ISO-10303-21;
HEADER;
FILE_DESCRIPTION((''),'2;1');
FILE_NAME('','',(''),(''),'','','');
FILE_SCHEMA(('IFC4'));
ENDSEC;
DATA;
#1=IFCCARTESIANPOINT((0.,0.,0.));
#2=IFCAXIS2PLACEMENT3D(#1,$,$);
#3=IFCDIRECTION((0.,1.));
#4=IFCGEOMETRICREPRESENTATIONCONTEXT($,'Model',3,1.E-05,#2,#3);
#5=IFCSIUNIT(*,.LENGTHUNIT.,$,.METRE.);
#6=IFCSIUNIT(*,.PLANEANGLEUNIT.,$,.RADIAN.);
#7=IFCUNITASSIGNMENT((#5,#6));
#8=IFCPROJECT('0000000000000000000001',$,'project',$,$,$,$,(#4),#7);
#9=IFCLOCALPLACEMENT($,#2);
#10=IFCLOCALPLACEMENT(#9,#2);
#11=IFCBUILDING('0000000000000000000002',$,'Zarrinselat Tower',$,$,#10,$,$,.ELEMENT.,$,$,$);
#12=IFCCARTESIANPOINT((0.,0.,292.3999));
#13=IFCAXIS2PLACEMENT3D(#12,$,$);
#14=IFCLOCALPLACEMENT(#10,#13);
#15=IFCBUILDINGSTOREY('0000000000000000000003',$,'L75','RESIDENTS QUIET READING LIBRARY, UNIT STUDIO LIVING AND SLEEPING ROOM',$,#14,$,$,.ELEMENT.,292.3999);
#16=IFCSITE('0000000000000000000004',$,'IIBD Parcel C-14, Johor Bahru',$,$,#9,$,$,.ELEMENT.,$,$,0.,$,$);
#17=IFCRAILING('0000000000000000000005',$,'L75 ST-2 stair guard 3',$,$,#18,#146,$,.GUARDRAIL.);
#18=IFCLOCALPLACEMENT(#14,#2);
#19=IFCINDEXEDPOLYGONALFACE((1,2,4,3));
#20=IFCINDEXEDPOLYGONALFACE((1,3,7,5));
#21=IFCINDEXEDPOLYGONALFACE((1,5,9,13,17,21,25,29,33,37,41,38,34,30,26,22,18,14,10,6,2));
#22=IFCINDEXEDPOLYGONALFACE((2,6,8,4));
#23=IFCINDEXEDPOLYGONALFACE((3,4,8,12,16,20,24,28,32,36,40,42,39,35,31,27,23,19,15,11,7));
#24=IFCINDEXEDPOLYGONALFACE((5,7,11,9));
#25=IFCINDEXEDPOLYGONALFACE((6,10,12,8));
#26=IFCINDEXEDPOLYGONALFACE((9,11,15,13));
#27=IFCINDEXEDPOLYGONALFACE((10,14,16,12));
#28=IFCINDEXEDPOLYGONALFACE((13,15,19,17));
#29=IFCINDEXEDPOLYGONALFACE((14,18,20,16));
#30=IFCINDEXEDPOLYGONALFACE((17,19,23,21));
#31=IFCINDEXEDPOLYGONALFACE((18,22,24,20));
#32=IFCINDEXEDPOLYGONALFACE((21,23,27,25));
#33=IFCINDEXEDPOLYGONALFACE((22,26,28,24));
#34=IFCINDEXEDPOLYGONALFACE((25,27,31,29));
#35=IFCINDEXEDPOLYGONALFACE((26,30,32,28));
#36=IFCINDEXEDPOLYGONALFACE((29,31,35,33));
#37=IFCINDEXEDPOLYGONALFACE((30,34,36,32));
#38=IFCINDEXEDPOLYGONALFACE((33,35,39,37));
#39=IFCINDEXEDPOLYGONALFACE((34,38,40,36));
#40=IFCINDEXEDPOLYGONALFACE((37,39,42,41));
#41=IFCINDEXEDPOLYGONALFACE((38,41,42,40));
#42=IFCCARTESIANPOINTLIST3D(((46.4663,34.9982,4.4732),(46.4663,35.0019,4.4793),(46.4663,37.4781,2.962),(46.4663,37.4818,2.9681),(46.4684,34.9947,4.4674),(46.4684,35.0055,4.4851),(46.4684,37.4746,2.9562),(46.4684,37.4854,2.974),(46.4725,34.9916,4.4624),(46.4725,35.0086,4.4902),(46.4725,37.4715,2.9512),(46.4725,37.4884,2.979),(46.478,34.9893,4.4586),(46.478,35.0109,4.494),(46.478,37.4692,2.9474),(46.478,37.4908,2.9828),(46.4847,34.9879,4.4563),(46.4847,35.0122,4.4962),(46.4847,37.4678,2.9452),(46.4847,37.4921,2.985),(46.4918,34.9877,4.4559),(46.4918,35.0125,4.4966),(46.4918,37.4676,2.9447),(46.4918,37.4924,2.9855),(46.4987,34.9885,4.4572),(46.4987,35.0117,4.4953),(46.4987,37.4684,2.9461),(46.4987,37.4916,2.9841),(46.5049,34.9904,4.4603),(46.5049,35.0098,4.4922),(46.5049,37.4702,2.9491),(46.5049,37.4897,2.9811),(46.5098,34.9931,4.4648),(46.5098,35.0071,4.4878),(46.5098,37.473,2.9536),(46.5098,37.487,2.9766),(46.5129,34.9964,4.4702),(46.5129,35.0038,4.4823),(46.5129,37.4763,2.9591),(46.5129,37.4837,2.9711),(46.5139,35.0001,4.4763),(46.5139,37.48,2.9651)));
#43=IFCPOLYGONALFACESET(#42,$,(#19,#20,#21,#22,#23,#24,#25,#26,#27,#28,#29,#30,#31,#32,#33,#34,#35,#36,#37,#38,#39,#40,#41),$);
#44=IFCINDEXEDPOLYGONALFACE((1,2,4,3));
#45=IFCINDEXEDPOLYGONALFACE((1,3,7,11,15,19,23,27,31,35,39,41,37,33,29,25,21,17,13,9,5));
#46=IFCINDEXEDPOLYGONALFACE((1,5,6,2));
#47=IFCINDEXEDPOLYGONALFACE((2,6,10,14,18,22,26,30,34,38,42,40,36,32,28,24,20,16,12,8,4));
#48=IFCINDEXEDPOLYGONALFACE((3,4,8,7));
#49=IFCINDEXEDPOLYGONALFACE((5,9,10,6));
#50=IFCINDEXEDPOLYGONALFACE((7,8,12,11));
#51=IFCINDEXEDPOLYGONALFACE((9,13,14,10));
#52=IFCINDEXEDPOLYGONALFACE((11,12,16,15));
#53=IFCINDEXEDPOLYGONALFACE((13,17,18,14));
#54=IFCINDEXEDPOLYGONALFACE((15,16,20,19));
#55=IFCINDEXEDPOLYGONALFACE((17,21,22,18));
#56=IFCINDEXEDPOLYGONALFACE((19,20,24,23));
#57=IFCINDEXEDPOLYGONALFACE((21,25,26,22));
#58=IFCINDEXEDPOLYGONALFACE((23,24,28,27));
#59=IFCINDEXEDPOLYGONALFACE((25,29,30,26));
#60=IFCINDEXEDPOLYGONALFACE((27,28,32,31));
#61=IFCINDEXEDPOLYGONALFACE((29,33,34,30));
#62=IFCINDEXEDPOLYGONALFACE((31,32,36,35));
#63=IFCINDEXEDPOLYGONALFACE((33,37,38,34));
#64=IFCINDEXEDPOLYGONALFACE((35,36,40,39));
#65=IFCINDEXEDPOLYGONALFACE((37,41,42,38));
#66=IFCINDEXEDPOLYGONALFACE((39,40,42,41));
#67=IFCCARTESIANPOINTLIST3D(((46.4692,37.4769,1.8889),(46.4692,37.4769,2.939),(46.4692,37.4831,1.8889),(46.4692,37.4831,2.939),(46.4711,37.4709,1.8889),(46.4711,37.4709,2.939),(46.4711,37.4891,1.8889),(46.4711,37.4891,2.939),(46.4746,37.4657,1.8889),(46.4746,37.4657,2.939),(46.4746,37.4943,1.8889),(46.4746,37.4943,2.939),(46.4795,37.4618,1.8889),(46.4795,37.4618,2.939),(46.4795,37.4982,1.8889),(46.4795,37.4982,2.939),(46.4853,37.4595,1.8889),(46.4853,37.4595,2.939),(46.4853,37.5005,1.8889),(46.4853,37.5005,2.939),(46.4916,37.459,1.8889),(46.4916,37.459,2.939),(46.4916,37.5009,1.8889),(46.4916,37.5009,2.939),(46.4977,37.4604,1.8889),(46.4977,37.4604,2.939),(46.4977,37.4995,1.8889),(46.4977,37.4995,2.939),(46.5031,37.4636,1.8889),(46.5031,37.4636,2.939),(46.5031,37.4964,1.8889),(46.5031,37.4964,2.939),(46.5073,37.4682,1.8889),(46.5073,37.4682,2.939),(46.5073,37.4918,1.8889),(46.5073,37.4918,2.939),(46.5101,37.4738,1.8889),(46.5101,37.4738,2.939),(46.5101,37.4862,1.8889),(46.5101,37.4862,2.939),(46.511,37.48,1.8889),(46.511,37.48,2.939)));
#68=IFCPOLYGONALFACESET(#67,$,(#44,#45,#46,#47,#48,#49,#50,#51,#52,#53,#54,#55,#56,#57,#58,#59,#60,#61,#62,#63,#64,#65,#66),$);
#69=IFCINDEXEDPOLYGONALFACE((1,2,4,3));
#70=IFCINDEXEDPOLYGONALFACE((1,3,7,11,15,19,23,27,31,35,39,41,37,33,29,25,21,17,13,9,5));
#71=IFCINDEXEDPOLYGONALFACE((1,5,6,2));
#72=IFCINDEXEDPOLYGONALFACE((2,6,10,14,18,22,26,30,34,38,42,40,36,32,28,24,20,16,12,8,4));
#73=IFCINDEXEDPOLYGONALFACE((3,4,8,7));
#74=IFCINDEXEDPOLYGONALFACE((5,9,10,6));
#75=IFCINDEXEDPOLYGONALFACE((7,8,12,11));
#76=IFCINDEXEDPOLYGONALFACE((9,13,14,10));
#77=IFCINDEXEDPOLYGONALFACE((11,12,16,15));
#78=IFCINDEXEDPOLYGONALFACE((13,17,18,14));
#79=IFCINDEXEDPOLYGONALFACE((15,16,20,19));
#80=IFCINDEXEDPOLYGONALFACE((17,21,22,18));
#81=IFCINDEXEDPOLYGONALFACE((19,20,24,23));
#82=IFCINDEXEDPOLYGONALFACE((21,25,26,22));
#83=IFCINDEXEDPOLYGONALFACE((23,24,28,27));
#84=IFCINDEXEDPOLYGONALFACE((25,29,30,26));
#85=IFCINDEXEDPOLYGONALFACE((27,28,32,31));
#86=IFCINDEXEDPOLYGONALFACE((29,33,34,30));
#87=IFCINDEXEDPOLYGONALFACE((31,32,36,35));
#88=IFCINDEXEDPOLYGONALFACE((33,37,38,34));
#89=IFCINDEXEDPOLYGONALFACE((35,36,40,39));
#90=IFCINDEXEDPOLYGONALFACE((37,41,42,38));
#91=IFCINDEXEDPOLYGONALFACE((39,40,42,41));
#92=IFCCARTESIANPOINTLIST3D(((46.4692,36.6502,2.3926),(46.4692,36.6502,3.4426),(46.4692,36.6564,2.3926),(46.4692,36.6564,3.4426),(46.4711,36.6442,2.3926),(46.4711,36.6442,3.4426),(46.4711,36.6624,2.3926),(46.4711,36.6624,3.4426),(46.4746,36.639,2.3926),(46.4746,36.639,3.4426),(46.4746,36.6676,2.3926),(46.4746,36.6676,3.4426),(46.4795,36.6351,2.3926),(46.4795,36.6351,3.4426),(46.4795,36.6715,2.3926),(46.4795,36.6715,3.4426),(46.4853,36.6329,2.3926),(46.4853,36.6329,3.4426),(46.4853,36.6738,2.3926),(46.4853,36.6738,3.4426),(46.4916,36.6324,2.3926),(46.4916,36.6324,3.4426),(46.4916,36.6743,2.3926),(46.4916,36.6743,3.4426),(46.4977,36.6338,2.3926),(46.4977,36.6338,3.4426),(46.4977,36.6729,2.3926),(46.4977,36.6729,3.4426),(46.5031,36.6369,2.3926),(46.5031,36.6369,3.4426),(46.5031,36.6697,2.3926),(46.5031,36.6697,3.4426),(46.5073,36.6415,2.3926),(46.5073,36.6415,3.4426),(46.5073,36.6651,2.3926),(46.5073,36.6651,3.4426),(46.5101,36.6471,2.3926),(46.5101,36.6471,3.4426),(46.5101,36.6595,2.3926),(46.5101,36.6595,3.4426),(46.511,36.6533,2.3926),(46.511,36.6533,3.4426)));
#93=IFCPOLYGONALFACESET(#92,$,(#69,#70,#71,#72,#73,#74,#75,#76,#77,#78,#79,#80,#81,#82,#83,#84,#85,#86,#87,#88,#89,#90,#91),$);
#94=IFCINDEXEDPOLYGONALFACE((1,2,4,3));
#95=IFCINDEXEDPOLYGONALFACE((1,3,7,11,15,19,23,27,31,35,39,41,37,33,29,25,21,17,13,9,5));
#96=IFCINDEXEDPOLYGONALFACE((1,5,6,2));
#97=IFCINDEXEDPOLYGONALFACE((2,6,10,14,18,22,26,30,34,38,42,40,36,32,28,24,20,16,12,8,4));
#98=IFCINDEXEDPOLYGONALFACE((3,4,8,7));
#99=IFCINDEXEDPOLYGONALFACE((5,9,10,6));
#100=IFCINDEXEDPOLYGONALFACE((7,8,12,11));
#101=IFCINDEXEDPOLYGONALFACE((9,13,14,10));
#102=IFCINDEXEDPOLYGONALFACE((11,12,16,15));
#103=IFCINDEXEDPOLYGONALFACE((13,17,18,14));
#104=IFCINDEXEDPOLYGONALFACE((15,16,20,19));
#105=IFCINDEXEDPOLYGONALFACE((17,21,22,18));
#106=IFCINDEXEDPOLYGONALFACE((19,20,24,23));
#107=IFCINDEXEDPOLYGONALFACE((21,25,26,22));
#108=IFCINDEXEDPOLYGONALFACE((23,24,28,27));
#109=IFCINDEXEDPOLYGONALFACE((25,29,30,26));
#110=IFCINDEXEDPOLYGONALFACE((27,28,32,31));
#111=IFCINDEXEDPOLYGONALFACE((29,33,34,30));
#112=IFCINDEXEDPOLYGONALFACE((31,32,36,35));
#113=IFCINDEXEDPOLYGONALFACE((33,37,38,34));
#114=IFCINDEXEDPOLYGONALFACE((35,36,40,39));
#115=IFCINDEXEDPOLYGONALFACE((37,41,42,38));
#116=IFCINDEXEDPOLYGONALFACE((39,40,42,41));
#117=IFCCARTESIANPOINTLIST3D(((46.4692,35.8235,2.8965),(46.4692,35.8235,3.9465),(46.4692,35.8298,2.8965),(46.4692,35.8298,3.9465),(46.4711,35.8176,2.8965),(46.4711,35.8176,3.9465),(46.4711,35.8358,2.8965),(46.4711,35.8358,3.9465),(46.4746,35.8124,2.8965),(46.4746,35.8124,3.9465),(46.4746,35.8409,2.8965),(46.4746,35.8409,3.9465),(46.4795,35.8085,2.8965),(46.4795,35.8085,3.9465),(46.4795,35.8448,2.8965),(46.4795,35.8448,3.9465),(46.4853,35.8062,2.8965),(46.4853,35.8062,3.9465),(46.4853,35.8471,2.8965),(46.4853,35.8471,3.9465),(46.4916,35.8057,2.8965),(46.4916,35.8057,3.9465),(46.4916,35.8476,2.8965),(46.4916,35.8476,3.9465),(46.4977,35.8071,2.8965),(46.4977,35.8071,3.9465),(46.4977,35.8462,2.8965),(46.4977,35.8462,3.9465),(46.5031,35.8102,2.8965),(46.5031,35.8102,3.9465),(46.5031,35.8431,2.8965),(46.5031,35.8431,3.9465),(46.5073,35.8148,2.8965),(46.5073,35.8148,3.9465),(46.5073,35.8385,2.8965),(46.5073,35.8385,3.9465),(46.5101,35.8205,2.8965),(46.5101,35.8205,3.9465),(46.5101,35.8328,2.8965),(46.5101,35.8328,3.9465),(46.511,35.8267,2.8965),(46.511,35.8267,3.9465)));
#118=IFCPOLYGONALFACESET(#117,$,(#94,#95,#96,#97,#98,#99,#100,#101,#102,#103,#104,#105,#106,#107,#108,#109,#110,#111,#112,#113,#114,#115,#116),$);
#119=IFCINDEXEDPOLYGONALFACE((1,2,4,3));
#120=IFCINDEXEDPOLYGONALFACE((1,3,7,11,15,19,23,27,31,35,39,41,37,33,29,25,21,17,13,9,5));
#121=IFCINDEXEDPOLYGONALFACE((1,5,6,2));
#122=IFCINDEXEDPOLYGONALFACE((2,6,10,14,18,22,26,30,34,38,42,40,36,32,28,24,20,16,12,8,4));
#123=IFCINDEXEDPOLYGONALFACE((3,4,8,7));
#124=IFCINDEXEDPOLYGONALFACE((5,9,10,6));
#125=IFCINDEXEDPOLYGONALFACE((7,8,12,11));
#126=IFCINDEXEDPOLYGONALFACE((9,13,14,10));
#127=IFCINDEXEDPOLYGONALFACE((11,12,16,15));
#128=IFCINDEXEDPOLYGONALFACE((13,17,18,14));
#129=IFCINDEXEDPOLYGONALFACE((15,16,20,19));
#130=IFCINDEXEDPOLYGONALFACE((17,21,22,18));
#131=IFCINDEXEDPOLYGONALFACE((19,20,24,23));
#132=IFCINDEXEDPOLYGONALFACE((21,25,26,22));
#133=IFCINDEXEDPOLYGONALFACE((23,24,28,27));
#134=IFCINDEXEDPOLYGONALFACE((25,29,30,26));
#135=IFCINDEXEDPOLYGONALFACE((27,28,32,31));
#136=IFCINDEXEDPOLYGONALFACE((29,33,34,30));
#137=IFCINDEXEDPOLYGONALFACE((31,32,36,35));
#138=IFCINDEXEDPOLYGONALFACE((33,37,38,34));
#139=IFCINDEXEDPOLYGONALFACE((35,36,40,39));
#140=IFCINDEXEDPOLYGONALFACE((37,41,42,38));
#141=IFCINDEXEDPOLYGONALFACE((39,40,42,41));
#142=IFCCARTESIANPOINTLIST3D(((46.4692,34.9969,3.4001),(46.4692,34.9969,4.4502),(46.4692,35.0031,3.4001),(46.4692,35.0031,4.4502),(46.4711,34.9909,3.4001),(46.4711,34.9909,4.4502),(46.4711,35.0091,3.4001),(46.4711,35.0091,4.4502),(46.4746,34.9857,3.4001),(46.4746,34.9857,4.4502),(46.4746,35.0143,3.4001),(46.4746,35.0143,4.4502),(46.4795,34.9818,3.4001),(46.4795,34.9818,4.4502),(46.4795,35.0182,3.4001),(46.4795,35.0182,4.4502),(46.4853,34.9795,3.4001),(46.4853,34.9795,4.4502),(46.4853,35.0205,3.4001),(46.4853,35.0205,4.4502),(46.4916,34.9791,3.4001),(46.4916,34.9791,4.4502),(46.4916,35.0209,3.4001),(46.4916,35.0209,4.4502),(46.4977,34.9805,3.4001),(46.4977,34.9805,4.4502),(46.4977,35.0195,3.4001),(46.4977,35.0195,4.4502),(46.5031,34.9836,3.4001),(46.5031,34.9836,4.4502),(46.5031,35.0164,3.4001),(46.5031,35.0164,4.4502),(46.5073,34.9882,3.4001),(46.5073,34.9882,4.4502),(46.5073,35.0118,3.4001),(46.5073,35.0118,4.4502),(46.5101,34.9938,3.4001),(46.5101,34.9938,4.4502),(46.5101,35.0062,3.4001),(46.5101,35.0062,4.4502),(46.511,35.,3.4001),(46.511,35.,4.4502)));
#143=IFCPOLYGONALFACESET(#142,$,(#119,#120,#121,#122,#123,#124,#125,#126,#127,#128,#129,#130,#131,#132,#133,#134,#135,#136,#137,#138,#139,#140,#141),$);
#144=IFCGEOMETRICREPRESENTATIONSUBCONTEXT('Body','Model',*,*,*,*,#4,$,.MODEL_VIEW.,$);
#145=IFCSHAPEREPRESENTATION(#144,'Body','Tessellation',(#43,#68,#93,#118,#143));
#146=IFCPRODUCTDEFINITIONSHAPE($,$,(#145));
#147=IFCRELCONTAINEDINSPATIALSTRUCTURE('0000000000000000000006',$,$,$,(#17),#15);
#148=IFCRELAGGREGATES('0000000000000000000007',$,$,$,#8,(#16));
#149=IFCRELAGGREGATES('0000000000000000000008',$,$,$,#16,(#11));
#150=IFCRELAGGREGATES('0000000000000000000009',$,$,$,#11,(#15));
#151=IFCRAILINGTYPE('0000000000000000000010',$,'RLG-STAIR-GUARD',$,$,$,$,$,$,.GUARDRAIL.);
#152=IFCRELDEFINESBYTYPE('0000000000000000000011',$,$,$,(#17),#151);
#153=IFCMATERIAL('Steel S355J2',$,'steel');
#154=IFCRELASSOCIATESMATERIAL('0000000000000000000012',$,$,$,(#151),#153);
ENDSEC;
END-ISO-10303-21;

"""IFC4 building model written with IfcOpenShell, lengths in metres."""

from ifc_helpers import new_model, si_unit, direction, frame, origin, origin_2d, place, context, subcontext, project, spatial, circle, extrude, material, type_object, element, save


model = new_model("IFC4")

# Units and contexts
model_context = context("Model", 3, precision=1e-05, world=origin(), true_north=direction((0.0, 1.0)))
body_context = subcontext(model_context, "Body", "Model", "MODEL_VIEW")
ifc_project = project(units=[si_unit("LENGTHUNIT", "METRE"), si_unit("PLANEANGLEUNIT", "RADIAN")], contexts=[model_context])

# Site, building, storey
site_placement = place(None, origin())
site = spatial("IfcSite", under=ifc_project, at=site_placement, Name="IIBD Parcel C-14, Johor Bahru", CompositionType="ELEMENT", RefElevation=0.0)
building_placement = place(site_placement, origin())
building = spatial("IfcBuilding", under=site, at=building_placement, Name="Zarrinselat Tower", CompositionType="ELEMENT")
storey_placement = place(building_placement, frame((0.0, 0.0, 292.3999)))
storey = spatial("IfcBuildingStorey", under=building, at=storey_placement, Name="L75", Description="RESIDENTS QUIET READING LIBRARY, UNIT STUDIO LIVING AND SLEEPING ROOM", CompositionType="ELEMENT", Elevation=292.3999)

# Railing
ifc_material_1 = material(Name="Steel S355J2", Category="steel")
railing_type_1 = type_object("IfcRailingType", Name="RLG-STAIR-GUARD", PredefinedType="GUARDRAIL", material=ifc_material_1)
railing_1_placement = place(storey_placement, frame((46.49, 37.48, 1.8889)))
element("IfcRailing", 1, at=railing_1_placement, inside=storey, type_object=railing_type_1, Name="L75 ST-2 stair guard 3", PredefinedType="GUARDRAIL", context=body_context, shape_type="SweptSolid", body=[
    extrude(circle(Radius=0.0239, at=origin_2d()), frame((0.0, 0.0, 1.0762), z_axis=(0.0, -0.853942, 0.520368), x_axis=(1.0, 0.0, 0.0)), (0.0, 0.0, 1.0), 2.9041),
    extrude(circle(Radius=0.021, at=origin_2d()), origin(), (0.0, 0.0, 1.0), 1.05),
    extrude(circle(Radius=0.021, at=origin_2d()), frame((0.0, -0.8267, 0.5037)), (0.0, 0.0, 1.0), 1.05),
    extrude(circle(Radius=0.021, at=origin_2d()), frame((0.0, -1.6533, 1.0076)), (0.0, 0.0, 1.0), 1.05),
    extrude(circle(Radius=0.021, at=origin_2d()), frame((0.0, -2.48, 1.5112)), (0.0, 0.0, 1.0), 1.05),
])

save(model, "model.ifc")
